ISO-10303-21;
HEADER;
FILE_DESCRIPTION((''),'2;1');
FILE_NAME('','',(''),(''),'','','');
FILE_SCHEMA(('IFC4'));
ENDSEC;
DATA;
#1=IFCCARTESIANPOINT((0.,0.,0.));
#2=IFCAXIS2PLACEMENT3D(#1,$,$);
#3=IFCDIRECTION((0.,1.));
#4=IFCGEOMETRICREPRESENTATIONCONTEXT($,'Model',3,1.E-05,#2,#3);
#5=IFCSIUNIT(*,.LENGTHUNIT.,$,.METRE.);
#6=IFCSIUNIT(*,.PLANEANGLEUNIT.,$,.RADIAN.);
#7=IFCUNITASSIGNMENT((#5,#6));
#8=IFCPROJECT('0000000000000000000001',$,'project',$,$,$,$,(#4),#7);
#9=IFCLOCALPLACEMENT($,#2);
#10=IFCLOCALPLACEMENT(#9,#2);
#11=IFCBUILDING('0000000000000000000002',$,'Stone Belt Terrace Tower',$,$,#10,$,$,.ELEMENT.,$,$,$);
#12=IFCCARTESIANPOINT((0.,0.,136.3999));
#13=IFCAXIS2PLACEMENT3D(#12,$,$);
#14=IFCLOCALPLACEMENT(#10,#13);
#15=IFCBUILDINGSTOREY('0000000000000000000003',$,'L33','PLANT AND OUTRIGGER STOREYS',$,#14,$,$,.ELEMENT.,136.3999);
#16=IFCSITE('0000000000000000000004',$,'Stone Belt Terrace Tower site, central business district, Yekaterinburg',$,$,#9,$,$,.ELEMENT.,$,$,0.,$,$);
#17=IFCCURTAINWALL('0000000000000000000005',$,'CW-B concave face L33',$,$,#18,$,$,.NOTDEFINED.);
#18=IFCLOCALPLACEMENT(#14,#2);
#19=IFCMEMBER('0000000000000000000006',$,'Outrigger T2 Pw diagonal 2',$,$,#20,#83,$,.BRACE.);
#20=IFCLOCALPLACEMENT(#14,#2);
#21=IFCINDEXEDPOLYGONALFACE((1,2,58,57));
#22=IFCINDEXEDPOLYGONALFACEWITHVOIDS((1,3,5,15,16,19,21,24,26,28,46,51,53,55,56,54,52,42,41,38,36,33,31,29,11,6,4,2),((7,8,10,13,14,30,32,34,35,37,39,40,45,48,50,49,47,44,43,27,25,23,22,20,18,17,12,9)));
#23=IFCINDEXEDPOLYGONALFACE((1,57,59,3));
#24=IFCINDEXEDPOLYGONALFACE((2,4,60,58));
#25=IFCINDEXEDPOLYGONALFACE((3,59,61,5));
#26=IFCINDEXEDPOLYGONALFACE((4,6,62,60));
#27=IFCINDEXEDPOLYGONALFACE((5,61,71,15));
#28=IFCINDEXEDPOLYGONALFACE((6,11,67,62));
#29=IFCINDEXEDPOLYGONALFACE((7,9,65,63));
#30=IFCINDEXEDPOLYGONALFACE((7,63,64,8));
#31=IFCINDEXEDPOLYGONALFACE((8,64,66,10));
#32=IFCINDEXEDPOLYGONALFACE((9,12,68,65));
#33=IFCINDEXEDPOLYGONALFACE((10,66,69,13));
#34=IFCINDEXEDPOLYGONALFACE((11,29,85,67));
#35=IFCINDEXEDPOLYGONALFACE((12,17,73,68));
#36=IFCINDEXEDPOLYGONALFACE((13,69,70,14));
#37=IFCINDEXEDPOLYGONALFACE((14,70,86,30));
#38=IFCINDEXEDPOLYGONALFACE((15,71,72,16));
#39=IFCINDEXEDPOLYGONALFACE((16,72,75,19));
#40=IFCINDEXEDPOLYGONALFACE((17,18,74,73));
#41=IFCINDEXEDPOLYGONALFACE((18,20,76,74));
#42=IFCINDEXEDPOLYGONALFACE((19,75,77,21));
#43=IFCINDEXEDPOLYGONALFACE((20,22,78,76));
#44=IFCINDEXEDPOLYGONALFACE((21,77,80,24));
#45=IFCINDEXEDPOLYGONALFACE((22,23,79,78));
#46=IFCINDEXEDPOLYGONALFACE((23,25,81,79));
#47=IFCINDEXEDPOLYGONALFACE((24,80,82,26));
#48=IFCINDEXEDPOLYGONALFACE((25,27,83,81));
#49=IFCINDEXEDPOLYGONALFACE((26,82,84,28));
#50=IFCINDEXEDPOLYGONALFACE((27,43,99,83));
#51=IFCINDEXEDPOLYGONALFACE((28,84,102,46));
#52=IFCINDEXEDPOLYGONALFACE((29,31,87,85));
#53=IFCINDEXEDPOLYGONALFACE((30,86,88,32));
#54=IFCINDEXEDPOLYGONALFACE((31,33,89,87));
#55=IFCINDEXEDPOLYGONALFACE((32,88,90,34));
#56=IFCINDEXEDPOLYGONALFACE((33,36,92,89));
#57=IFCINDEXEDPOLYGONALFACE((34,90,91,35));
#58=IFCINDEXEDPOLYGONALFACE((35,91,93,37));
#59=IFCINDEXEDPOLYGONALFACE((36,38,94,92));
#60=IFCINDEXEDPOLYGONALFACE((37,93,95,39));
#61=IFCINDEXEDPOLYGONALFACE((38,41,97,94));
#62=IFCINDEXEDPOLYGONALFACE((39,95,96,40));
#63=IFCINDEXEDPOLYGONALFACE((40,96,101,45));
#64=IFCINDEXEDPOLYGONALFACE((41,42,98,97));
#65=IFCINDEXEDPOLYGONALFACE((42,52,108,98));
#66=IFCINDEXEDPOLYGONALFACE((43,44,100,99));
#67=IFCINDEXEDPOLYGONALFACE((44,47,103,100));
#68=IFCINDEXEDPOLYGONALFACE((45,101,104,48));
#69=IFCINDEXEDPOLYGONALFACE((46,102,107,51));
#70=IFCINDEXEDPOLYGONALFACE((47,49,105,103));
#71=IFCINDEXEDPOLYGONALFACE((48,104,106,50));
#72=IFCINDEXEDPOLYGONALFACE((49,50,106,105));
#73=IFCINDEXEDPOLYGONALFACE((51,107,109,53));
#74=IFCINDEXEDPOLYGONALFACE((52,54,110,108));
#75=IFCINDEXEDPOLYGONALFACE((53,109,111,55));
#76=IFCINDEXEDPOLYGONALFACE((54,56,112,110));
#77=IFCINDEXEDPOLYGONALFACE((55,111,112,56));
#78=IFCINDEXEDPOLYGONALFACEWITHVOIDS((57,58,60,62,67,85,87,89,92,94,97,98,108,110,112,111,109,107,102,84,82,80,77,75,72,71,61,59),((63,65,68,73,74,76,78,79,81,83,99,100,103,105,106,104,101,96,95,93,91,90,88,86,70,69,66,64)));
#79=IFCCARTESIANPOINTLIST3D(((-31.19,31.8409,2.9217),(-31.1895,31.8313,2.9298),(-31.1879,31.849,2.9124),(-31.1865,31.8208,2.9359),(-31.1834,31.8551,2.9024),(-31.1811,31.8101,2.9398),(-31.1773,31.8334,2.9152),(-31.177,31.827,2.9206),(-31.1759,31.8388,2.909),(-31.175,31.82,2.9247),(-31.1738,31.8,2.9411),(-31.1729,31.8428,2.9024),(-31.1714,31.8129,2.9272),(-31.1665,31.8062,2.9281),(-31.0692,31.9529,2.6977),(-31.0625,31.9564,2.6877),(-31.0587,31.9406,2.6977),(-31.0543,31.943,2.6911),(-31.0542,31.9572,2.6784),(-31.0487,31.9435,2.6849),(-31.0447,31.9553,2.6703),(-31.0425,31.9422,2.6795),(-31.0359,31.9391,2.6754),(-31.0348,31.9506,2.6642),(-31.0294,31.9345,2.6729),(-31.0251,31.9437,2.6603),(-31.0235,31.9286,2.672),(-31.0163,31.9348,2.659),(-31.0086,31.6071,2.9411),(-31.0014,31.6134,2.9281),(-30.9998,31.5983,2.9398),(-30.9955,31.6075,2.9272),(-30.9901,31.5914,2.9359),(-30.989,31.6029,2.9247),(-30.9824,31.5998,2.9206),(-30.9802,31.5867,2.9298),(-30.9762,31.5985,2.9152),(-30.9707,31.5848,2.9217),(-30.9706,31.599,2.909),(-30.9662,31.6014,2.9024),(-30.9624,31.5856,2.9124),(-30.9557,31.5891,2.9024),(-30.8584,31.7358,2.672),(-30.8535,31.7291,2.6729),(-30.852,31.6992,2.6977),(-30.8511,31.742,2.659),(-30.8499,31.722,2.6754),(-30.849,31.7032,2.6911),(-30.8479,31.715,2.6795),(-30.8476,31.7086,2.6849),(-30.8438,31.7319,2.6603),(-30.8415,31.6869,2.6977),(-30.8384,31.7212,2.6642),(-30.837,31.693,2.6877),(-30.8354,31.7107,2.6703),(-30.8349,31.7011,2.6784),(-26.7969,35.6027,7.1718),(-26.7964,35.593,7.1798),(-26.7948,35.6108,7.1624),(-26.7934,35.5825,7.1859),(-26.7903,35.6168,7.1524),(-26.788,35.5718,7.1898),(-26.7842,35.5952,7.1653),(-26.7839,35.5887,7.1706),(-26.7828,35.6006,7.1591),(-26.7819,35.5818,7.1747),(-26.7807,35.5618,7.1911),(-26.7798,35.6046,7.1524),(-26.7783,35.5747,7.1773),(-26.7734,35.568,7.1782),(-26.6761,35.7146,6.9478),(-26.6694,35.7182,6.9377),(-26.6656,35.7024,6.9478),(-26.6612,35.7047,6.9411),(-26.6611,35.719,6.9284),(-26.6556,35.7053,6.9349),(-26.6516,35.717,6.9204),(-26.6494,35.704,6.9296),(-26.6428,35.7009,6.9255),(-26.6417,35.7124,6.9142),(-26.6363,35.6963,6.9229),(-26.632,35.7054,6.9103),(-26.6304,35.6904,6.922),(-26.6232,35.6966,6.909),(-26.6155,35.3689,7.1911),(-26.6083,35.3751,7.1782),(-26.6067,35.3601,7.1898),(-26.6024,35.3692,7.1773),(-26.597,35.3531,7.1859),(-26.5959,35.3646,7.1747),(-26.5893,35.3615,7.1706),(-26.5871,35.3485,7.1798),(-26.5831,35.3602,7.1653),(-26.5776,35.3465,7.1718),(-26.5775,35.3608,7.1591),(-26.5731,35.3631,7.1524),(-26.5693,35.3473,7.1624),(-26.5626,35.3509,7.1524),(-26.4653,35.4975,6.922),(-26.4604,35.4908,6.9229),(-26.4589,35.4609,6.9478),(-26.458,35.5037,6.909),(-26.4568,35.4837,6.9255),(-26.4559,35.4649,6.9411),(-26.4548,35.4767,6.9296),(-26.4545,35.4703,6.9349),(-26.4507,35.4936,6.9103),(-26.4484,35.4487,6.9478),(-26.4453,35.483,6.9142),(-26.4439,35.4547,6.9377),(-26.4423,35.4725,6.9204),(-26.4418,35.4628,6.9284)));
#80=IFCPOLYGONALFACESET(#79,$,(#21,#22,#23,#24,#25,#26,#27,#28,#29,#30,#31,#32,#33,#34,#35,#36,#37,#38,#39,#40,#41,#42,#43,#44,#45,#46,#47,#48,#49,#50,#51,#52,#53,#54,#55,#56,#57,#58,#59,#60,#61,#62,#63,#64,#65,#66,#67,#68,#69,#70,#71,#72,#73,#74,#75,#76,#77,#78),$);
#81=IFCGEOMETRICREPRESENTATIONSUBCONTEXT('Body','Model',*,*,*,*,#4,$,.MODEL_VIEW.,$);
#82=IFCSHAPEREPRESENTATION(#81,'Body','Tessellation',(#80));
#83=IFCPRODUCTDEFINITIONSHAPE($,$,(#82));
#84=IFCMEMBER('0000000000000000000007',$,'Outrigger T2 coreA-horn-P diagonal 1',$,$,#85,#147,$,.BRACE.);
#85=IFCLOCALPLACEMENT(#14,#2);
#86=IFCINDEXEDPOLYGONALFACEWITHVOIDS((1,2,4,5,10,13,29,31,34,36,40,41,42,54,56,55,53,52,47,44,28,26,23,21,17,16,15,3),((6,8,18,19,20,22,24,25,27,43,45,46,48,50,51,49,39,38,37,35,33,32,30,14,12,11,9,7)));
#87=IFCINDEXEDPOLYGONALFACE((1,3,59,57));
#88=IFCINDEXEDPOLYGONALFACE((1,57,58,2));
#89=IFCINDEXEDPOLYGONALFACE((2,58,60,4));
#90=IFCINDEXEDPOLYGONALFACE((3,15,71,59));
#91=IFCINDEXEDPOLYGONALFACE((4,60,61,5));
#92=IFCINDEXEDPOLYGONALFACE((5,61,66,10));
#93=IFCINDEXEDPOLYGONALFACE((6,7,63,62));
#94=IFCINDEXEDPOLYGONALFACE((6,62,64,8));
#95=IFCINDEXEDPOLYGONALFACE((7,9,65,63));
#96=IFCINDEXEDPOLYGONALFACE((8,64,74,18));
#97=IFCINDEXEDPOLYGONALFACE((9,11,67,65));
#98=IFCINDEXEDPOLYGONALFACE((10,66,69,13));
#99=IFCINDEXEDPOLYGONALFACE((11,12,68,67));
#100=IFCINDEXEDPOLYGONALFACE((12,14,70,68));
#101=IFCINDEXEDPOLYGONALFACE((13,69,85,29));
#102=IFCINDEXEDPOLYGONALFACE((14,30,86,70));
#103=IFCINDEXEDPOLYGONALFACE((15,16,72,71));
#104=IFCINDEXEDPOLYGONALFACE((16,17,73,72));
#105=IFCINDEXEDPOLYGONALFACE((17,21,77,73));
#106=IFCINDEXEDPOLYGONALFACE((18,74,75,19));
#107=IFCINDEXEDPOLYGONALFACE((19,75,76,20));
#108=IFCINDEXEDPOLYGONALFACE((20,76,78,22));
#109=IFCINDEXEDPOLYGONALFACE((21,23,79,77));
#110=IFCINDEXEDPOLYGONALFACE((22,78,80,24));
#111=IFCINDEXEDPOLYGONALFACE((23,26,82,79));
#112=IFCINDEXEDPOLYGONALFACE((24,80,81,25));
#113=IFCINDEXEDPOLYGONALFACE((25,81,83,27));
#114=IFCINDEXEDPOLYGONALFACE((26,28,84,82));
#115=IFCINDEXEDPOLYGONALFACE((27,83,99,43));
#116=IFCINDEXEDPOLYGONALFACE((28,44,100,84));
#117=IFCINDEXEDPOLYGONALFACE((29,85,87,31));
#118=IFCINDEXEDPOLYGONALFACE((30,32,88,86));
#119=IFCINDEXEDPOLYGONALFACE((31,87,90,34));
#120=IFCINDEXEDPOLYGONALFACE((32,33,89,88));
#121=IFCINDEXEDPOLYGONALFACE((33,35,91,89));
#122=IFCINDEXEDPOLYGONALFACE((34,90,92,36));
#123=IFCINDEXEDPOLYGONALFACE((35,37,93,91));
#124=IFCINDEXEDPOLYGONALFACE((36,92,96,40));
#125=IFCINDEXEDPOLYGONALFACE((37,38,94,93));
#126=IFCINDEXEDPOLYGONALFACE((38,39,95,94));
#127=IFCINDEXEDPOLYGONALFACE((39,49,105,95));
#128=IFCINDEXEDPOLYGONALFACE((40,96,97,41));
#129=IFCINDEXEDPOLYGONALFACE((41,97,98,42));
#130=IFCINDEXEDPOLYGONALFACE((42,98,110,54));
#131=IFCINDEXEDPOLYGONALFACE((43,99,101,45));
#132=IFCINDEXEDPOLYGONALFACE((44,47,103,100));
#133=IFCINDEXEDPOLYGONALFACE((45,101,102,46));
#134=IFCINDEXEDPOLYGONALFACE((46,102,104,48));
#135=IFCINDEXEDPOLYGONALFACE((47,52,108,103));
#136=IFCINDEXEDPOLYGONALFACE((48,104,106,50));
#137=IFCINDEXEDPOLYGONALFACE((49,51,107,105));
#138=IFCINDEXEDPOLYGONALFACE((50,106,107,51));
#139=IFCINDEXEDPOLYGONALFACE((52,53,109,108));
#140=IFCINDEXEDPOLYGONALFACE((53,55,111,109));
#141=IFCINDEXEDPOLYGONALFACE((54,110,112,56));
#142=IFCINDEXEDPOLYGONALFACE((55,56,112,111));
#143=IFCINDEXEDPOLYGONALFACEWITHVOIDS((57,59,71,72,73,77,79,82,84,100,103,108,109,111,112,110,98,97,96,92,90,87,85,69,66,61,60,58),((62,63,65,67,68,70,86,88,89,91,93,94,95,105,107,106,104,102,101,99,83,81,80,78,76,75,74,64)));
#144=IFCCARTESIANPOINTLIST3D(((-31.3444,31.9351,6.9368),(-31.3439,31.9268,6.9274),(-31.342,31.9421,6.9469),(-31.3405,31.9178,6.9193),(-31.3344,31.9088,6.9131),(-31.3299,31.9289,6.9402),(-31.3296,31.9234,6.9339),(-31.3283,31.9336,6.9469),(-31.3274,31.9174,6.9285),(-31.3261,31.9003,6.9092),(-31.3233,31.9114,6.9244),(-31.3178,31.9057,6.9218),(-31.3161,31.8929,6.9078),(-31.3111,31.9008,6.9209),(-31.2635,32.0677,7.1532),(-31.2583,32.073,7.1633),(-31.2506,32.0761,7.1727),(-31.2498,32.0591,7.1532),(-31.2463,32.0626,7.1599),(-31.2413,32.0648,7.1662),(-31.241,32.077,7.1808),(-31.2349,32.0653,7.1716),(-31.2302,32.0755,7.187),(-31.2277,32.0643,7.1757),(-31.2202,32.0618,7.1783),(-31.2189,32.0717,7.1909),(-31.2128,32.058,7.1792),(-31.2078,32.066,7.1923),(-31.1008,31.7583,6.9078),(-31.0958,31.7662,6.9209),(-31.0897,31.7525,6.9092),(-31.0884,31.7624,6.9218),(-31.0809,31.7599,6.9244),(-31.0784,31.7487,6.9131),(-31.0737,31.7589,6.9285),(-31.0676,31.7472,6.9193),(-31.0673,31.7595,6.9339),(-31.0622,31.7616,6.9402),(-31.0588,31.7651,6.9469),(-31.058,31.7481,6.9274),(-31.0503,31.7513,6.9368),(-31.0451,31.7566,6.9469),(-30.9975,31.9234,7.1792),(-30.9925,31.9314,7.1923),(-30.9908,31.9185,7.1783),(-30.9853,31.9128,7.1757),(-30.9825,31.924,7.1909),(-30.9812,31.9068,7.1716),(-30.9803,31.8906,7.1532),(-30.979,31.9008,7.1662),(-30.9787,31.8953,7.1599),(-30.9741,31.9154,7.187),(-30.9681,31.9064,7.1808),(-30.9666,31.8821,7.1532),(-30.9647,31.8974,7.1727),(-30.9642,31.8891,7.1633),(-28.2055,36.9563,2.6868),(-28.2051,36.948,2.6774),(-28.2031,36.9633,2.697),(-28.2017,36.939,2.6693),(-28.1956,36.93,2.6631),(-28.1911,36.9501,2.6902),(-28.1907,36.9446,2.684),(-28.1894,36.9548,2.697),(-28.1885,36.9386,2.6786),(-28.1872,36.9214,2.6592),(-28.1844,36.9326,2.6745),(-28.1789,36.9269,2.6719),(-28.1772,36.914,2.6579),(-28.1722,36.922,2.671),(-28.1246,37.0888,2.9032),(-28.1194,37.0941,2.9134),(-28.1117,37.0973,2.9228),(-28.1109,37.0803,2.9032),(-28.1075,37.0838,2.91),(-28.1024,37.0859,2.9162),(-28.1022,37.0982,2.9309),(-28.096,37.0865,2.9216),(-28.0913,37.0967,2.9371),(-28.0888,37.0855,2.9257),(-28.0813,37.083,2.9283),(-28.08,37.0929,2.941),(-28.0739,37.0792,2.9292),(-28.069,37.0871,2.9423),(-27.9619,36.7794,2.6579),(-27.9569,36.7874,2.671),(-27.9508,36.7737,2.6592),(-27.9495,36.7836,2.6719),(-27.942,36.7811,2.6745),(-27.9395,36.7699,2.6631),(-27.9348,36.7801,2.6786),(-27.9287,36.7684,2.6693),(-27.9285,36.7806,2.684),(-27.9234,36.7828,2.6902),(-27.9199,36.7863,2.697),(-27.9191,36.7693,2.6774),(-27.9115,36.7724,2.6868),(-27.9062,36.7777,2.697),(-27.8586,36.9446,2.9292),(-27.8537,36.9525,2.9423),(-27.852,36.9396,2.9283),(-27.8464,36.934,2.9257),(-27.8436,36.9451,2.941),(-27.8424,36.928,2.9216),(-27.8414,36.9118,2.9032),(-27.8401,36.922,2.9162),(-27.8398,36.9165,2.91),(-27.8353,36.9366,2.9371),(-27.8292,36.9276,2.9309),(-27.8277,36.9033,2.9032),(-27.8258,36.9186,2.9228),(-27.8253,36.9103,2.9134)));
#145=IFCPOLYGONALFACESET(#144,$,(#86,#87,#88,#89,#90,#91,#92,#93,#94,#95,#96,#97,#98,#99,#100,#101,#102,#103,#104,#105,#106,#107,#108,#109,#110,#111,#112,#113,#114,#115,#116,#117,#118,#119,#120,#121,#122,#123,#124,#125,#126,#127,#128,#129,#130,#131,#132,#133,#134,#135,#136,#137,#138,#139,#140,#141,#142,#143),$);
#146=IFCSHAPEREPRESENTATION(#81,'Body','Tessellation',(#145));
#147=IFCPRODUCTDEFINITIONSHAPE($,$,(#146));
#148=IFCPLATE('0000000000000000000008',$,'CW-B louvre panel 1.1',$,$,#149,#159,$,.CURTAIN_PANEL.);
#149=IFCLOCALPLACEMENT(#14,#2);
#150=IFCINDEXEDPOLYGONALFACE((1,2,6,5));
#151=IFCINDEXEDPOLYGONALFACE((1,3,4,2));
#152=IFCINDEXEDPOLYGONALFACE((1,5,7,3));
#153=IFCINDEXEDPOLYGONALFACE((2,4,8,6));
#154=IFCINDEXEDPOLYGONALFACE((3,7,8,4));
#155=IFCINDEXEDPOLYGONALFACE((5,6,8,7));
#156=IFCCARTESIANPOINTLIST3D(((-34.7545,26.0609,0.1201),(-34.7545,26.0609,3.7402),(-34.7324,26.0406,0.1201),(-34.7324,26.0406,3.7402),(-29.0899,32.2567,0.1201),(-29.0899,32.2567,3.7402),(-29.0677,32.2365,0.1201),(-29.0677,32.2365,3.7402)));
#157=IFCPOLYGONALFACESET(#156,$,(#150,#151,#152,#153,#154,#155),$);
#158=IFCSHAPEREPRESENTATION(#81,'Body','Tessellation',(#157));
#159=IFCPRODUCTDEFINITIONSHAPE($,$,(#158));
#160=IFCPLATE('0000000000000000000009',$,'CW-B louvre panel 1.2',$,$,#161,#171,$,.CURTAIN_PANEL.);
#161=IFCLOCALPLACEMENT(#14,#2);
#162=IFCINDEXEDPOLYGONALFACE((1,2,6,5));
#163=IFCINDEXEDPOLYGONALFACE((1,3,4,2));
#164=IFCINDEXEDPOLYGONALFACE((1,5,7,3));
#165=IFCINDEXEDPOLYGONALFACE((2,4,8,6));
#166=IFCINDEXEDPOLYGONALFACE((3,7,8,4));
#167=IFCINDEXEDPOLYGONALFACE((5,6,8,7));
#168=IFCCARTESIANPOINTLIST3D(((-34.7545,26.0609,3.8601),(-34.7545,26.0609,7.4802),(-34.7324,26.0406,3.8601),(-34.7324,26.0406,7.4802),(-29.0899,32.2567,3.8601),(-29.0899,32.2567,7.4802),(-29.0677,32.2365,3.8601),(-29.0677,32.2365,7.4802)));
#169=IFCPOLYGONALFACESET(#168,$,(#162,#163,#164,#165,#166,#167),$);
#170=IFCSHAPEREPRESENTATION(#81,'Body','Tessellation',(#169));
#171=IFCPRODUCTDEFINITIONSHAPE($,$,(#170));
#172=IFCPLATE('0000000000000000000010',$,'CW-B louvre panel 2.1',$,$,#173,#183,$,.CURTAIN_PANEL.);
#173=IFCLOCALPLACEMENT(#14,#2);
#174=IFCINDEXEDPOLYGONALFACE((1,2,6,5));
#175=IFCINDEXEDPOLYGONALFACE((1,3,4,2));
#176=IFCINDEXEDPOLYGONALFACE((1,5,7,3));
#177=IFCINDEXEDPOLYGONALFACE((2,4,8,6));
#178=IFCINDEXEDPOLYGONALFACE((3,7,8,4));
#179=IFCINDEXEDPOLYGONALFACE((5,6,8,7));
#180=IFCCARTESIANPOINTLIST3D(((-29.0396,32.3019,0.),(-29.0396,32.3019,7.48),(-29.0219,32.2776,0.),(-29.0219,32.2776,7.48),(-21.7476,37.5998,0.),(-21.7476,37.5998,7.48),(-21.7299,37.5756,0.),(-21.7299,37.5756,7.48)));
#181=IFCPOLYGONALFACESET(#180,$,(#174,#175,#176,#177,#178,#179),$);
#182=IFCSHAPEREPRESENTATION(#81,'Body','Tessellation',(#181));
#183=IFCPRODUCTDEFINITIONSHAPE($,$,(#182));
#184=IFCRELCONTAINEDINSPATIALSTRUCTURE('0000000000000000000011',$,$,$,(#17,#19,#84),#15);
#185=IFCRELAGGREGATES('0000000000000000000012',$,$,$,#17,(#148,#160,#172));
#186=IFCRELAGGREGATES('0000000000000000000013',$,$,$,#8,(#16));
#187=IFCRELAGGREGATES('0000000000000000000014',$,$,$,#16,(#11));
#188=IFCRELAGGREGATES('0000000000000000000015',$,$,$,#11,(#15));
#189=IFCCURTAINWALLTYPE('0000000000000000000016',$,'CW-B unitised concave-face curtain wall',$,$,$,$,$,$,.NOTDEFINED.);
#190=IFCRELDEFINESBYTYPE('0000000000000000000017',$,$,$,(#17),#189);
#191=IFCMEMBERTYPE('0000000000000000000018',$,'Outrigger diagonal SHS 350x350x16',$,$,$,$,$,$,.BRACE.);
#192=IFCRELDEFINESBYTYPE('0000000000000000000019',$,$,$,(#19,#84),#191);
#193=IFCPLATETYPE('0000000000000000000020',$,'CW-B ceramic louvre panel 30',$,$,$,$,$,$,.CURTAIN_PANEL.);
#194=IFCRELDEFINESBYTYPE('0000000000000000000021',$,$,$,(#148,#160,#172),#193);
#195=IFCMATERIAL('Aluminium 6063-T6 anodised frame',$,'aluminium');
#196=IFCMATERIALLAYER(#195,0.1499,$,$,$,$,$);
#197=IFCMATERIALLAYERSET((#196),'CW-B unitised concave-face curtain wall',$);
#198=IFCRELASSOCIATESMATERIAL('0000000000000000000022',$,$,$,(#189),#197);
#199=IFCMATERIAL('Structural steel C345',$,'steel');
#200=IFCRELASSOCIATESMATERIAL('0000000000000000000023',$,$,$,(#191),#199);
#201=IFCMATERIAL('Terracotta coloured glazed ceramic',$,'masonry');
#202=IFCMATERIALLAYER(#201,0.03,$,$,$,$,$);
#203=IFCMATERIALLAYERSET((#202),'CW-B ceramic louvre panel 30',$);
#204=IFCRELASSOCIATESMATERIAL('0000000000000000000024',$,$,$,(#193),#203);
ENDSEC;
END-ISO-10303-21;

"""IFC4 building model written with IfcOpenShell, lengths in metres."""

from ifc_helpers import new_model, si_unit, direction, frame, origin, origin_2d, place, context, subcontext, project, spatial, rectangle, hollow_rectangle, extrude, material, layer, layer_set, material_profile, profile_set, type_object, element, aggregate, save


model = new_model("IFC4")

# Units and contexts
model_context = context("Model", 3, precision=1e-05, world=origin(), true_north=direction((0.0, 1.0)))
body_context = subcontext(model_context, "Body", "Model", "MODEL_VIEW")
ifc_project = project(units=[si_unit("LENGTHUNIT", "METRE"), si_unit("PLANEANGLEUNIT", "RADIAN")], contexts=[model_context])

# Site, building, storey
site_placement = place(None, origin())
site = spatial("IfcSite", under=ifc_project, at=site_placement, Name="Stone Belt Terrace Tower site, central business district, Yekaterinburg", CompositionType="ELEMENT", RefElevation=0.0)
building_placement = place(site_placement, origin())
building = spatial("IfcBuilding", under=site, at=building_placement, Name="Stone Belt Terrace Tower", CompositionType="ELEMENT")
storey_placement = place(building_placement, frame((0.0, 0.0, 136.3999)))
storey = spatial("IfcBuildingStorey", under=building, at=storey_placement, Name="L33", Description="PLANT AND OUTRIGGER STOREYS", CompositionType="ELEMENT", Elevation=136.3999)

# Curtain wall
ifc_material_1 = material(Name="Aluminium 6063-T6 anodised frame", Category="aluminium")
ifc_layer_1 = layer(ifc_material_1, 0.1499)
ifc_layer_set_1 = layer_set([ifc_layer_1], Name="CW-B unitised concave-face curtain wall")
curtain_wall_type = type_object("IfcCurtainWallType", Name="CW-B unitised concave-face curtain wall", PredefinedType="NOTDEFINED", material=ifc_layer_set_1)
curtain_wall_placement = place(storey_placement, origin())
curtain_wall = element("IfcCurtainWall", 1, at=curtain_wall_placement, inside=storey, type_object=curtain_wall_type, Name="CW-B concave face L33", PredefinedType="NOTDEFINED")

# Members
ifc_material_2 = material(Name="Structural steel C345", Category="steel")
ifc_material_profile_1 = material_profile(ifc_material_2, hollow_rectangle(XDim=0.3501, YDim=0.3501, WallThickness=0.0161, InnerFilletRadius=0.032, OuterFilletRadius=0.0481, at=origin_2d()), Name="SHS 350x350x16")
ifc_profile_set_1 = profile_set([ifc_material_profile_1], Name="Structural steel C345")
member_type_1 = type_object("IfcMemberType", Name="Outrigger diagonal SHS 350x350x16", PredefinedType="BRACE", material=ifc_profile_set_1)
member_1_placement = place(storey_placement, frame((-31.0125, 31.771, 2.8), z_axis=(0.612087, 0.524121, 0.592154), x_axis=(-0.650416, 0.759578, 0.0)))
element("IfcMember", 2, at=member_1_placement, inside=storey, type_object=member_type_1, Name="Outrigger T2 Pw diagonal 2", PredefinedType="BRACE", context=body_context, shape_type="SweptSolid", body=[
    extrude(hollow_rectangle(XDim=0.3501, YDim=0.3501, WallThickness=0.0161, InnerFilletRadius=0.032, OuterFilletRadius=0.0481, at=origin_2d()), origin(), (0.0, 0.0, 1.0), 7.1772),
])
member_2_placement = place(storey_placement, frame((-31.1543, 31.9121, 7.05), z_axis=(0.430643, 0.688888, -0.583078), x_axis=(-0.84795, 0.530077, 0.0)))
element("IfcMember", 3, at=member_2_placement, inside=storey, type_object=member_type_1, Name="Outrigger T2 coreA-horn-P diagonal 1", PredefinedType="BRACE", context=body_context, shape_type="SweptSolid", body=[
    extrude(hollow_rectangle(XDim=0.3501, YDim=0.3501, WallThickness=0.0161, InnerFilletRadius=0.032, OuterFilletRadius=0.0481, at=origin_2d()), origin(), (0.0, 0.0, 1.0), 7.2888),
])

# Plates
ifc_material_3 = material(Name="Terracotta coloured glazed ceramic", Category="masonry")
ifc_layer_2 = layer(ifc_material_3, 0.03)
ifc_layer_set_2 = layer_set([ifc_layer_2], Name="CW-B ceramic louvre panel 30")
plate_type = type_object("IfcPlateType", Name="CW-B ceramic louvre panel 30", PredefinedType="CURTAIN_PANEL", material=ifc_layer_set_2)
plate_1_placement = place(storey_placement, frame((-31.9111, 29.1487, 0.1201), z_axis=(0.0, 0.0, 1.0), x_axis=(0.674761, 0.738036, 0.0)))
plate_1 = element("IfcPlate", 4, at=plate_1_placement, type_object=plate_type, Name="CW-B louvre panel 1.1", PredefinedType="CURTAIN_PANEL", context=body_context, shape_type="SweptSolid", body=[
    extrude(rectangle(XDim=8.395, YDim=0.03, at=origin_2d()), origin(), (0.0, 0.0, 1.0), 3.6201),
])
plate_2_placement = place(storey_placement, frame((-31.9111, 29.1487, 3.8601), z_axis=(0.0, 0.0, 1.0), x_axis=(0.674761, 0.738036, 0.0)))
plate_2 = element("IfcPlate", 5, at=plate_2_placement, type_object=plate_type, Name="CW-B louvre panel 1.2", PredefinedType="CURTAIN_PANEL", context=body_context, shape_type="SweptSolid", body=[
    extrude(rectangle(XDim=8.395, YDim=0.03, at=origin_2d()), origin(), (0.0, 0.0, 1.0), 3.6201),
])
plate_3_placement = place(storey_placement, frame((-25.3848, 34.9387, 0.0), z_axis=(0.0, 0.0, 1.0), x_axis=(0.809017, 0.587785, 0.0)))
plate_3 = element("IfcPlate", 6, at=plate_3_placement, type_object=plate_type, Name="CW-B louvre panel 2.1", PredefinedType="CURTAIN_PANEL", context=body_context, shape_type="SweptSolid", body=[
    extrude(rectangle(XDim=9.0134, YDim=0.03, at=origin_2d()), origin(), (0.0, 0.0, 1.0), 7.48),
])
aggregate(curtain_wall, [plate_1, plate_2, plate_3])

save(model, "model.ifc")
